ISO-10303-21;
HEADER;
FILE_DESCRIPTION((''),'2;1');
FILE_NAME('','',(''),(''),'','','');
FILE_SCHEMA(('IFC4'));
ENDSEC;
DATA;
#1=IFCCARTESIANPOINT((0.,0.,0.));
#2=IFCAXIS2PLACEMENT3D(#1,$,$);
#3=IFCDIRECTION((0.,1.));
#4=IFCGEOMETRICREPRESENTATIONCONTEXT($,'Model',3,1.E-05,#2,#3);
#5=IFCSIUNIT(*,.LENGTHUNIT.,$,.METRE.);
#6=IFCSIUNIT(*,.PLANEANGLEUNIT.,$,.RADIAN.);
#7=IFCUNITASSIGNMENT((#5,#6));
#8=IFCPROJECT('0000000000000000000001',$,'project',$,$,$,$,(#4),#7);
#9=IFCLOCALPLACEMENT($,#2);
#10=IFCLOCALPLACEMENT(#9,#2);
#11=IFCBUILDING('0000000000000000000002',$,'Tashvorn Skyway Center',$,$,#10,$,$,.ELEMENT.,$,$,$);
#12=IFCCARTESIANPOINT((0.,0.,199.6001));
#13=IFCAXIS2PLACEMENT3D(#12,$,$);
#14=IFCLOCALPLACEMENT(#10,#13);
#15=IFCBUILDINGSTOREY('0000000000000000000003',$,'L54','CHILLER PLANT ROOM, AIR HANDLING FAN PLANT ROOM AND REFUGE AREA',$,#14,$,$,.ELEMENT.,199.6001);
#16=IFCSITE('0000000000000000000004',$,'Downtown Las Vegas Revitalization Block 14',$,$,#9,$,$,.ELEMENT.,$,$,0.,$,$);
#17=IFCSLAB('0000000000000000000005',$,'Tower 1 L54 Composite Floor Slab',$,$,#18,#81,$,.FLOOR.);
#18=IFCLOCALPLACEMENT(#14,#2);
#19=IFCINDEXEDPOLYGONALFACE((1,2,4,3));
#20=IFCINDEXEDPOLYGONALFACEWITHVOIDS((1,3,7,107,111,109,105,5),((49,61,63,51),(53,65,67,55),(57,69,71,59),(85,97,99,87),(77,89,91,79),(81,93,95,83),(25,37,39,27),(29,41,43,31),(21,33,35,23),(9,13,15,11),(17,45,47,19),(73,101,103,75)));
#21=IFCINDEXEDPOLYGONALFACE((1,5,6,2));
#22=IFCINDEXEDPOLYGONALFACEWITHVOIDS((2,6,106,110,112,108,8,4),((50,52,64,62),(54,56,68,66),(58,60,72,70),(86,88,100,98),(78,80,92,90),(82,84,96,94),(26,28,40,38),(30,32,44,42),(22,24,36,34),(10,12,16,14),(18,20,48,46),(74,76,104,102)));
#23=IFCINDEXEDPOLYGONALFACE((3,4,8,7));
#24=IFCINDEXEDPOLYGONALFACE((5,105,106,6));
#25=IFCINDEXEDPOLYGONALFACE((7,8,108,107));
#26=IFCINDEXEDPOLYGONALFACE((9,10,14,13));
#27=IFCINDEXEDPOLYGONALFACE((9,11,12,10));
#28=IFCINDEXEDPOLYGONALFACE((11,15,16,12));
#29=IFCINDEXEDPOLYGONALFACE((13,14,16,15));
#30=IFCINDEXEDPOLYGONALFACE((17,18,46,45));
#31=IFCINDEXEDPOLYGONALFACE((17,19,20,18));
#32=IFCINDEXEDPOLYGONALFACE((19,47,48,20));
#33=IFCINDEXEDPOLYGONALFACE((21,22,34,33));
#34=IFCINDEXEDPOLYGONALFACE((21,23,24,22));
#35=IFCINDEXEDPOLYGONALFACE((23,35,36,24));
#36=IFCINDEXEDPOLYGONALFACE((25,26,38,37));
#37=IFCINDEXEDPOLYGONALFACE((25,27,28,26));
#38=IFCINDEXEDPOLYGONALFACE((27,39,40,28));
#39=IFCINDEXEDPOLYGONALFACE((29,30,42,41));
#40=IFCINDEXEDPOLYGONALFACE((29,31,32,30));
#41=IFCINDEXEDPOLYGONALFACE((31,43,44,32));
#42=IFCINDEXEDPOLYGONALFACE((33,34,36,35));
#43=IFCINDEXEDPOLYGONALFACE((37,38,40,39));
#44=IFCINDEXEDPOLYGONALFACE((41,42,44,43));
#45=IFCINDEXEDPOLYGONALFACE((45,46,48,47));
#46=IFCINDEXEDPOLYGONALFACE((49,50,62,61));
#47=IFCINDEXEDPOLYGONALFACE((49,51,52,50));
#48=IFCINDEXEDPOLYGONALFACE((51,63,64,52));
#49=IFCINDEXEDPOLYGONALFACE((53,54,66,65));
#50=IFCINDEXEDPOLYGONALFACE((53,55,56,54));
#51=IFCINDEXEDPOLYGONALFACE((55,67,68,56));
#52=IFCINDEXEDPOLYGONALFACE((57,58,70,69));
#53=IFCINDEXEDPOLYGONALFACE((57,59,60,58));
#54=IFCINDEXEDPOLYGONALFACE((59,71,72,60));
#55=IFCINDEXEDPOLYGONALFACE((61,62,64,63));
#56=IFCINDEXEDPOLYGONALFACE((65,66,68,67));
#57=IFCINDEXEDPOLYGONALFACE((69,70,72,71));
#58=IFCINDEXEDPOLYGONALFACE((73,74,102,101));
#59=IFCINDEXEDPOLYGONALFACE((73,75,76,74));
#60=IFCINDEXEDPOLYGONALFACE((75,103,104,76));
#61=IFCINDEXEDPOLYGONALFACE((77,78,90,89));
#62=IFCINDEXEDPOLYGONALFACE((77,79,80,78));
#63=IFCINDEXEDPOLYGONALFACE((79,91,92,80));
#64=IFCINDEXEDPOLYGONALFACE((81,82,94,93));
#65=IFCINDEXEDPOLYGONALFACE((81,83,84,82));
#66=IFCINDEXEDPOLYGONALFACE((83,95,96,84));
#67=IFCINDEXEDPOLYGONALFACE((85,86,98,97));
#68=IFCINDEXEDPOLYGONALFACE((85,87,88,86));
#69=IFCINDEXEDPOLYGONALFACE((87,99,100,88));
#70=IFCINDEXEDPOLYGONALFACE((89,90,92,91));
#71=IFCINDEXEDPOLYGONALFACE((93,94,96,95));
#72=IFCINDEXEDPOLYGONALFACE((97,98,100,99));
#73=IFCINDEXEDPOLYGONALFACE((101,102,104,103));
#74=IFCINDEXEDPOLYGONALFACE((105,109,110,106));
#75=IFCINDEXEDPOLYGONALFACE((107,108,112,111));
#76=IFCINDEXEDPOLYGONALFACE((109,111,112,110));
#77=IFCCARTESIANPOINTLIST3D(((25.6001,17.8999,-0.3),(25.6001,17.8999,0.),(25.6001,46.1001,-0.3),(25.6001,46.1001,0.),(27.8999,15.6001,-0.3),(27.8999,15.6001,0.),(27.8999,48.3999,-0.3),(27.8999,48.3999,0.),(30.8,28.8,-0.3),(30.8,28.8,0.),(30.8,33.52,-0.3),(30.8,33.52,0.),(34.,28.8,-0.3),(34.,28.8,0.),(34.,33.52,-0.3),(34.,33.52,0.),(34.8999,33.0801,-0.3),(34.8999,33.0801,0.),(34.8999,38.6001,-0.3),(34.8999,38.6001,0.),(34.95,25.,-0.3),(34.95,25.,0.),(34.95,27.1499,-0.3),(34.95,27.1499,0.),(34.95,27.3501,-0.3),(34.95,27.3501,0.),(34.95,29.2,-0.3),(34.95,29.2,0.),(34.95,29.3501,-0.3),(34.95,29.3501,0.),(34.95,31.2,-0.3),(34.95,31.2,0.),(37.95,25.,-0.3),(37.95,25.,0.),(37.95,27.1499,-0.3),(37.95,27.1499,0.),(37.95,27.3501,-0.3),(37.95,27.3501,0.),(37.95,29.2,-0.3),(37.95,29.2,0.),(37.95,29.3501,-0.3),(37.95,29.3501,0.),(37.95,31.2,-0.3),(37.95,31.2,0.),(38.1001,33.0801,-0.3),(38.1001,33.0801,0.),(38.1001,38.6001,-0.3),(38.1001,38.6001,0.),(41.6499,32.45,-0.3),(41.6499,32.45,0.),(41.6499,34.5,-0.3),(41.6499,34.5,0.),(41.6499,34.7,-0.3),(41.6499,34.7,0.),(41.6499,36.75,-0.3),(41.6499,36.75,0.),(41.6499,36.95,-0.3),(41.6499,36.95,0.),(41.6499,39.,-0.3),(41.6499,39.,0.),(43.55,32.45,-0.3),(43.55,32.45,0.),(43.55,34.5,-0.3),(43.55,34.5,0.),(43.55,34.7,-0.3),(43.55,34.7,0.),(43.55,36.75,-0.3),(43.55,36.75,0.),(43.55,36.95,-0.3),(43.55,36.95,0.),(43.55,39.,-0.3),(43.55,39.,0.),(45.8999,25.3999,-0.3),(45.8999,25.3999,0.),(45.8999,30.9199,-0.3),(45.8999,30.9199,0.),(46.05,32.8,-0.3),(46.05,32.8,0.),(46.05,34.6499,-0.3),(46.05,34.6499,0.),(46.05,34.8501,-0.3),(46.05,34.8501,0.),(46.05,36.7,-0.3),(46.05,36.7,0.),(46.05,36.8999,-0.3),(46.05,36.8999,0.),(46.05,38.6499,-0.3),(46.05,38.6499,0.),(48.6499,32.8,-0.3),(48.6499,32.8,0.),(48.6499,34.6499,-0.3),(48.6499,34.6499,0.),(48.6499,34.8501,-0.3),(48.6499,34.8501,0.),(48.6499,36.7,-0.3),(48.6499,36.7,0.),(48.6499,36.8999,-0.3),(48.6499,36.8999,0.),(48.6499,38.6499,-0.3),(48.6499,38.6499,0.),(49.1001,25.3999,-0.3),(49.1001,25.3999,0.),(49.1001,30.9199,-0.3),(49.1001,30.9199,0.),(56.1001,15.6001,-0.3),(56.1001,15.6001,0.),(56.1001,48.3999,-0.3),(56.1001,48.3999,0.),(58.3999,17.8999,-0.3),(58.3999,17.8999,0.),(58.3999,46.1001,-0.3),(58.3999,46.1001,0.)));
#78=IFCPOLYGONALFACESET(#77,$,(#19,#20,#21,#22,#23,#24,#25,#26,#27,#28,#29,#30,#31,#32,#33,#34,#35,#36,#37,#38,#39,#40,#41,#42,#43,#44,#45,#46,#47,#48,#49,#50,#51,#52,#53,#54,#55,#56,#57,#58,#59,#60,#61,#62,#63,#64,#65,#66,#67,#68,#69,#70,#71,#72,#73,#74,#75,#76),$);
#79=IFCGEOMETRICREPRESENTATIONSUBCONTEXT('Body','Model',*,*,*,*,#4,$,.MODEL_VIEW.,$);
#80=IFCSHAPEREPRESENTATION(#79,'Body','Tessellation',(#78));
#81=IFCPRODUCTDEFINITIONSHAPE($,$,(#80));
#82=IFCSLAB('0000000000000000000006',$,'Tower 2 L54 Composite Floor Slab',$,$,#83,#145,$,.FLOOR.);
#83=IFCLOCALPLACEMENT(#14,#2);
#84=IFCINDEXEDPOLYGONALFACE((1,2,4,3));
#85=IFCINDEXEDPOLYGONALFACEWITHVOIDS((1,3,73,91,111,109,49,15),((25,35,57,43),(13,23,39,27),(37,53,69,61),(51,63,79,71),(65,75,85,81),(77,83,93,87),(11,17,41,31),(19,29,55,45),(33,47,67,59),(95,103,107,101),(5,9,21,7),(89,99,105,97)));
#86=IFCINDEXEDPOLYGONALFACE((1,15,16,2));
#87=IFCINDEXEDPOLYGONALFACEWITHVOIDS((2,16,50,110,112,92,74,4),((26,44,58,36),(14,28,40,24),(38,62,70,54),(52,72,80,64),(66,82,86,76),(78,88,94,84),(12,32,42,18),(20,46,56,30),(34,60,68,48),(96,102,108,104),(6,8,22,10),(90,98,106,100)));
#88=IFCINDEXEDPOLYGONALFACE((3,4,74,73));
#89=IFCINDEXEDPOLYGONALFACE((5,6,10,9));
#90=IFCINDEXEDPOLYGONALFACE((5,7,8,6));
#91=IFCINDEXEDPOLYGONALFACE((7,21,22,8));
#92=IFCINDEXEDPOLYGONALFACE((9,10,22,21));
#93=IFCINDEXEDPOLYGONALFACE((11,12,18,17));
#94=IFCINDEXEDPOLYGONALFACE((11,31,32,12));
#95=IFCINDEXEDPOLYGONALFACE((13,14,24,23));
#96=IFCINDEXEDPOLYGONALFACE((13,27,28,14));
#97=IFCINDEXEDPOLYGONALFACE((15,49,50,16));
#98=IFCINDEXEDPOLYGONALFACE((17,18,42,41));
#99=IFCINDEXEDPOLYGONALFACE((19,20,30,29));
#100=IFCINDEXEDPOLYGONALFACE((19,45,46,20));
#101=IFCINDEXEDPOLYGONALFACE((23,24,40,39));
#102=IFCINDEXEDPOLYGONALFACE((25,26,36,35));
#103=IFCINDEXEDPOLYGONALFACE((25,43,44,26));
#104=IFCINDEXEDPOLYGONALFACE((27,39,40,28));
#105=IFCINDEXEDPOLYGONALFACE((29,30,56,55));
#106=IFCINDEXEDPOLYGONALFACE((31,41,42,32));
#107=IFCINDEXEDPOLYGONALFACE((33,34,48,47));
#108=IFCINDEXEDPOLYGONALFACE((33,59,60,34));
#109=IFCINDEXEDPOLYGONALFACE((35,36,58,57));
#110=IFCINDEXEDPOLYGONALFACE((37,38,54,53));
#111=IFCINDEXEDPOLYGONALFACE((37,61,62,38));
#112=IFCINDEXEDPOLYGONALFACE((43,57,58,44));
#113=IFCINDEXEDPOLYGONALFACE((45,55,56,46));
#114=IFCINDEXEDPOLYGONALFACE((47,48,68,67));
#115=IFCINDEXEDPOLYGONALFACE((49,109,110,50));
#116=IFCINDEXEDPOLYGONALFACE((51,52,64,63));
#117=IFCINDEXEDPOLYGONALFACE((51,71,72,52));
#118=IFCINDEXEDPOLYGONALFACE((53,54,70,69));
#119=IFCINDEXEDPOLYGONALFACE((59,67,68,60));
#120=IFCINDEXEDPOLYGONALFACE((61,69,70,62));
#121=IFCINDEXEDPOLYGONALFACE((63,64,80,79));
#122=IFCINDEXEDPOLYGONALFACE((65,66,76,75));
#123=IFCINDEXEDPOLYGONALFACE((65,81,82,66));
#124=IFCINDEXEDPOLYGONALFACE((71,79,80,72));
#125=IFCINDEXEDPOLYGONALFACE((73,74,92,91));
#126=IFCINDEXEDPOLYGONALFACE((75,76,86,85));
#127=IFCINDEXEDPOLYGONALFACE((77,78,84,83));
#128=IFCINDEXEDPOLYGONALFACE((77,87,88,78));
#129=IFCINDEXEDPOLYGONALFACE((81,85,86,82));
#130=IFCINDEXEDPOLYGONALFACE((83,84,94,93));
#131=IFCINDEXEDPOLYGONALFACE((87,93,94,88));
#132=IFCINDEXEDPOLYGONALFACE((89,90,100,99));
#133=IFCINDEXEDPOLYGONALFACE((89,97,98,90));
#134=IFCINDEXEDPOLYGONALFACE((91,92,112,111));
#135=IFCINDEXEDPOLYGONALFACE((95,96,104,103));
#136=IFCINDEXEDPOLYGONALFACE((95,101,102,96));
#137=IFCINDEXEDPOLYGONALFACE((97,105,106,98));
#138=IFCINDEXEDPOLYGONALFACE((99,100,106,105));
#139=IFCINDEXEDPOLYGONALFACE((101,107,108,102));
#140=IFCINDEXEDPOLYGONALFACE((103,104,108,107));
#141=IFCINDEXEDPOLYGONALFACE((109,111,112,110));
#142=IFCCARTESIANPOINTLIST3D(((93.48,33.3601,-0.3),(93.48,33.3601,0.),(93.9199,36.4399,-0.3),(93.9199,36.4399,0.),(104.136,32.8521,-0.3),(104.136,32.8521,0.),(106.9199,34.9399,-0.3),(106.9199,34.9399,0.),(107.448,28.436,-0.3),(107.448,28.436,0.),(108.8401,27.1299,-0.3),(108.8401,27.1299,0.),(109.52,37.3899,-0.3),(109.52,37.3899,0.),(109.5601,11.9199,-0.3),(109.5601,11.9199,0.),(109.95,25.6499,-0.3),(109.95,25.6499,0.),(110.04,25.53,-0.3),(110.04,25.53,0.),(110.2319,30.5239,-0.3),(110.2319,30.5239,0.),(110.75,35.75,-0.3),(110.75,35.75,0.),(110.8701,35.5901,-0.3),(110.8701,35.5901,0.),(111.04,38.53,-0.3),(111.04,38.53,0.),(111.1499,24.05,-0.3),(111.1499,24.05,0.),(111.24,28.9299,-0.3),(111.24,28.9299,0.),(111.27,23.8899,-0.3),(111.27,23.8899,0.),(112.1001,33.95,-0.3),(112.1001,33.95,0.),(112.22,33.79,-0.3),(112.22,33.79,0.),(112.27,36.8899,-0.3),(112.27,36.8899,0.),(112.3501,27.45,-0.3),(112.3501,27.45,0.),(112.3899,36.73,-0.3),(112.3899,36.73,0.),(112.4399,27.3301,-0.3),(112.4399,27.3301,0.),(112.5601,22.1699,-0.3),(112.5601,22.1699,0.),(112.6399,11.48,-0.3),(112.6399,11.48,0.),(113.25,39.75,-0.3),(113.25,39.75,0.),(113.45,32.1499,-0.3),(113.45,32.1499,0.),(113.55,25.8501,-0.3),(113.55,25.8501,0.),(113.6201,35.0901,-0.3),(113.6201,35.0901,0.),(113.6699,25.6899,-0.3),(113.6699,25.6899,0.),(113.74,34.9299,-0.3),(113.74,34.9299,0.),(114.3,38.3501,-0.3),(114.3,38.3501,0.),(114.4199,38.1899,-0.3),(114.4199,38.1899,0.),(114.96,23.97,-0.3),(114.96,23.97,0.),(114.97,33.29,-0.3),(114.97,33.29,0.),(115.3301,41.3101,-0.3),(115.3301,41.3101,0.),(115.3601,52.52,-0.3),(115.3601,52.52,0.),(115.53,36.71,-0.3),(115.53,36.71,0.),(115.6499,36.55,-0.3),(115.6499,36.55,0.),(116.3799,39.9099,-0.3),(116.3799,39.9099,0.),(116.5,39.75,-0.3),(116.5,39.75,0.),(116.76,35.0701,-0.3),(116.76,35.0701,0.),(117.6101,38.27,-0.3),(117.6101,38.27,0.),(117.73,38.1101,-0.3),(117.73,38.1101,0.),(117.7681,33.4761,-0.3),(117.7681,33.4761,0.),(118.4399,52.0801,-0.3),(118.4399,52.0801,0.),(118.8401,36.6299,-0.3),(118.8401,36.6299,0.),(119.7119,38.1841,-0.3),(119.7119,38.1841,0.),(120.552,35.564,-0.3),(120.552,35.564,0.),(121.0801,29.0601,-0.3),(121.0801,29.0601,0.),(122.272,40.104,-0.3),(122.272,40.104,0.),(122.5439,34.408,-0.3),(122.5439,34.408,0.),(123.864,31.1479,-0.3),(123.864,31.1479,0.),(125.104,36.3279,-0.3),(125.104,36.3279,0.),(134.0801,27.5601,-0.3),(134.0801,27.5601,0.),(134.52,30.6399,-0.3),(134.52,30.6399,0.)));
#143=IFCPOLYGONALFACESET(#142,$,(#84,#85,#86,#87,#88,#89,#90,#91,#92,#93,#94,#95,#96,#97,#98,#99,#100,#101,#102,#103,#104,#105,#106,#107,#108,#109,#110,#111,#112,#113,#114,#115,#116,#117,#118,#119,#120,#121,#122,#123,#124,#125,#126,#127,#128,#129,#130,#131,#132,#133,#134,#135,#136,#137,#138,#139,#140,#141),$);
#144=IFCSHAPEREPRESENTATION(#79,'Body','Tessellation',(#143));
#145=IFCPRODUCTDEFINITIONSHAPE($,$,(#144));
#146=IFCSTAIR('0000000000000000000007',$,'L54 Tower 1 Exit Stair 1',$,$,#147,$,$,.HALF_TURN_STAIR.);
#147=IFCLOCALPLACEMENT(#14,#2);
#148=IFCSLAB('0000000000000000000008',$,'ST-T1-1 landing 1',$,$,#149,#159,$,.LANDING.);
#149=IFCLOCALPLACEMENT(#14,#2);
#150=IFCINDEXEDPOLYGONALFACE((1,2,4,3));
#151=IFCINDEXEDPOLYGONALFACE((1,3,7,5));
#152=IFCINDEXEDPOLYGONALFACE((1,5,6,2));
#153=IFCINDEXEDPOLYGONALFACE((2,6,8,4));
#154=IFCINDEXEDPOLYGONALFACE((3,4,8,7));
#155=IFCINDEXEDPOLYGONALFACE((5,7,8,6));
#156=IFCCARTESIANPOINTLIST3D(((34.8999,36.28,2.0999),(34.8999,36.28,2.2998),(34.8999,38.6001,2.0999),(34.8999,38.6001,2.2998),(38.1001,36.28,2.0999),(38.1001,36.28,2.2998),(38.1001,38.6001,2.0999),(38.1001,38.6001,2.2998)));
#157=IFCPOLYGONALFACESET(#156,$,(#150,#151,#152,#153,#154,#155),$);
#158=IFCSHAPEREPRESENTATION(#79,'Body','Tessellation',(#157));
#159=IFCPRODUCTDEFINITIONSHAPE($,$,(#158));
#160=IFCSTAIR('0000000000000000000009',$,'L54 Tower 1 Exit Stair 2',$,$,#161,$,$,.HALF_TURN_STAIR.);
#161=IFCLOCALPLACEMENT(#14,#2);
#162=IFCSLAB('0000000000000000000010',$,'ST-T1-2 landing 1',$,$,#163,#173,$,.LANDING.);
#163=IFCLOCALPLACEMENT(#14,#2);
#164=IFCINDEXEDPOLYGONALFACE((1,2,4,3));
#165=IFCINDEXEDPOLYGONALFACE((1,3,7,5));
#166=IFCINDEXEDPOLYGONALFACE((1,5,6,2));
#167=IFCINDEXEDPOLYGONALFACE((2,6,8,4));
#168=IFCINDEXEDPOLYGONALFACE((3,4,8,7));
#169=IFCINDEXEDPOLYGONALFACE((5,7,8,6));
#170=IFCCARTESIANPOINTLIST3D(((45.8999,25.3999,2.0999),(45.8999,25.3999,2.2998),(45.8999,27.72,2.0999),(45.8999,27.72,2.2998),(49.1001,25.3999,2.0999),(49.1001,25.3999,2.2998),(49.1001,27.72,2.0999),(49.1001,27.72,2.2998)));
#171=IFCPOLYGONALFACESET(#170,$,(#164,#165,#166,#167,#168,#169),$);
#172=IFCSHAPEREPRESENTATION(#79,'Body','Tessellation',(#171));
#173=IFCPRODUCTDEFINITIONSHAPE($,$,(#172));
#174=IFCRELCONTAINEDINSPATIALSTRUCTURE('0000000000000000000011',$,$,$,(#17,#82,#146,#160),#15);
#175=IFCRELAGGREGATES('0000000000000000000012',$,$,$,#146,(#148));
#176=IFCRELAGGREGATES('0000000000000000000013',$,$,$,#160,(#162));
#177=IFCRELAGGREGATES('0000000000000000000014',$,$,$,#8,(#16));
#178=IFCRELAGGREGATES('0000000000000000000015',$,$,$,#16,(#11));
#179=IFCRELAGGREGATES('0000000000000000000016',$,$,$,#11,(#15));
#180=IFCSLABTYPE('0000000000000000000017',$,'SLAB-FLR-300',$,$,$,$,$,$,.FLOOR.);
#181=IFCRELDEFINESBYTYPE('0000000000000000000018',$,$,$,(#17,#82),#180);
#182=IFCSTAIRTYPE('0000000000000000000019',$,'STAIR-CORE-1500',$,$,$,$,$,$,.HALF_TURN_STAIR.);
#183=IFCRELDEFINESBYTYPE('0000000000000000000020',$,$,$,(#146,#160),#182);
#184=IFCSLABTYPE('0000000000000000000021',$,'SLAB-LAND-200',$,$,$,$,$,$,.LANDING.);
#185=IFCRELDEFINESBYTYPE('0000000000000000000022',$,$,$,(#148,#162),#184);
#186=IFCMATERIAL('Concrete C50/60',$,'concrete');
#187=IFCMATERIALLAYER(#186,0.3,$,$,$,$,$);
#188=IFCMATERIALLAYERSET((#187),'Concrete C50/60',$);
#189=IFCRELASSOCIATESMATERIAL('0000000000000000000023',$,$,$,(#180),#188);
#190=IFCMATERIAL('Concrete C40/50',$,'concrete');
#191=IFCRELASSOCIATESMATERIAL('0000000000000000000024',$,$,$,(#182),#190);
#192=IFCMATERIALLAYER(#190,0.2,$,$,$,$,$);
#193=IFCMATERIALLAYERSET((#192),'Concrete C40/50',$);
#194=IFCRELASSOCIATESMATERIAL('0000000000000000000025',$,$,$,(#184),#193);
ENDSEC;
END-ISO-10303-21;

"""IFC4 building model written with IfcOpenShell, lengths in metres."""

from ifc_helpers import new_model, si_unit, direction, frame, origin, place, context, subcontext, project, spatial, polyline, outline, extrude, material, layer, layer_set, type_object, element, aggregate, save


model = new_model("IFC4")

# Units and contexts
model_context = context("Model", 3, precision=1e-05, world=origin(), true_north=direction((0.0, 1.0)))
body_context = subcontext(model_context, "Body", "Model", "MODEL_VIEW")
ifc_project = project(units=[si_unit("LENGTHUNIT", "METRE"), si_unit("PLANEANGLEUNIT", "RADIAN")], contexts=[model_context])

# Site, building, storey
site_placement = place(None, origin())
site = spatial("IfcSite", under=ifc_project, at=site_placement, Name="Downtown Las Vegas Revitalization Block 14", CompositionType="ELEMENT", RefElevation=0.0)
building_placement = place(site_placement, origin())
building = spatial("IfcBuilding", under=site, at=building_placement, Name="Tashvorn Skyway Center", CompositionType="ELEMENT")
storey_placement = place(building_placement, frame((0.0, 0.0, 199.6001)))
storey = spatial("IfcBuildingStorey", under=building, at=storey_placement, Name="L54", Description="CHILLER PLANT ROOM, AIR HANDLING FAN PLANT ROOM AND REFUGE AREA", CompositionType="ELEMENT", Elevation=199.6001)

# Slabs
ifc_material_1 = material(Name="Concrete C50/60", Category="concrete")
ifc_layer_1 = layer(ifc_material_1, 0.3)
ifc_layer_set_1 = layer_set([ifc_layer_1], Name="Concrete C50/60")
slab_type_1 = type_object("IfcSlabType", Name="SLAB-FLR-300", PredefinedType="FLOOR", material=ifc_layer_set_1)
slab_1_placement = place(storey_placement, frame((0.0, 0.0, -0.3)))
element("IfcSlab", 1, at=slab_1_placement, inside=storey, type_object=slab_type_1, Name="Tower 1 L54 Composite Floor Slab", PredefinedType="FLOOR", context=body_context, shape_type="SweptSolid", body=[
    extrude(outline(polyline([(27.8999, 15.6001), (56.1001, 15.6001), (58.3999, 17.8999), (58.3999, 46.1001), (56.1001, 48.3999), (27.8999, 48.3999), (25.6001, 46.1001), (25.6001, 17.8999), (27.8999, 15.6001)]), holes=[polyline([(38.1001, 33.0801), (38.1001, 38.6001), (34.8999, 38.6001), (34.8999, 33.0801), (38.1001, 33.0801)]), polyline([(45.8999, 30.9199), (45.8999, 25.3999), (49.1001, 25.3999), (49.1001, 30.9199), (45.8999, 30.9199)]), polyline([(30.8, 33.52), (30.8, 28.8), (34.0, 28.8), (34.0, 33.52), (30.8, 33.52)]), polyline([(34.95, 29.3501), (37.95, 29.3501), (37.95, 31.2), (34.95, 31.2), (34.95, 29.3501)]), polyline([(34.95, 27.3501), (37.95, 27.3501), (37.95, 29.2), (34.95, 29.2), (34.95, 27.3501)]), polyline([(34.95, 25.0), (37.95, 25.0), (37.95, 27.1499), (34.95, 27.1499), (34.95, 25.0)]), polyline([(41.6499, 32.45), (43.55, 32.45), (43.55, 34.5), (41.6499, 34.5), (41.6499, 32.45)]), polyline([(41.6499, 34.7), (43.55, 34.7), (43.55, 36.75), (41.6499, 36.75), (41.6499, 34.7)]), polyline([(41.6499, 36.95), (43.55, 36.95), (43.55, 39.0), (41.6499, 39.0), (41.6499, 36.95)]), polyline([(46.05, 32.8), (48.6499, 32.8), (48.6499, 34.6499), (46.05, 34.6499), (46.05, 32.8)]), polyline([(46.05, 34.8501), (48.6499, 34.8501), (48.6499, 36.7), (46.05, 36.7), (46.05, 34.8501)]), polyline([(46.05, 36.8999), (48.6499, 36.8999), (48.6499, 38.6499), (46.05, 38.6499), (46.05, 36.8999)])]), origin(), (0.0, 0.0, 1.0), 0.3),
])
slab_2_placement = place(storey_placement, frame((0.0, 0.0, -0.3)))
element("IfcSlab", 2, at=slab_2_placement, inside=storey, type_object=slab_type_1, Name="Tower 2 L54 Composite Floor Slab", PredefinedType="FLOOR", context=body_context, shape_type="SweptSolid", body=[
    extrude(outline(polyline([(112.6399, 11.48), (134.0801, 27.5601), (134.52, 30.6399), (118.4399, 52.0801), (115.3601, 52.52), (93.9199, 36.4399), (93.48, 33.3601), (109.5601, 11.9199), (112.6399, 11.48)]), holes=[polyline([(110.2319, 30.5239), (106.9199, 34.9399), (104.136, 32.8521), (107.448, 28.436), (110.2319, 30.5239)]), polyline([(117.7681, 33.4761), (121.0801, 29.0601), (123.864, 31.1479), (120.552, 35.564), (117.7681, 33.4761)]), polyline([(119.7119, 38.1841), (122.5439, 34.408), (125.104, 36.3279), (122.272, 40.104), (119.7119, 38.1841)]), polyline([(109.95, 25.6499), (112.3501, 27.45), (111.24, 28.9299), (108.8401, 27.1299), (109.95, 25.6499)]), polyline([(111.1499, 24.05), (113.55, 25.8501), (112.4399, 27.3301), (110.04, 25.53), (111.1499, 24.05)]), polyline([(112.5601, 22.1699), (114.96, 23.97), (113.6699, 25.6899), (111.27, 23.8899), (112.5601, 22.1699)]), polyline([(113.45, 32.1499), (114.97, 33.29), (113.74, 34.9299), (112.22, 33.79), (113.45, 32.1499)]), polyline([(112.1001, 33.95), (113.6201, 35.0901), (112.3899, 36.73), (110.8701, 35.5901), (112.1001, 33.95)]), polyline([(110.75, 35.75), (112.27, 36.8899), (111.04, 38.53), (109.52, 37.3899), (110.75, 35.75)]), polyline([(116.76, 35.0701), (118.8401, 36.6299), (117.73, 38.1101), (115.6499, 36.55), (116.76, 35.0701)]), polyline([(115.53, 36.71), (117.6101, 38.27), (116.5, 39.75), (114.4199, 38.1899), (115.53, 36.71)]), polyline([(114.3, 38.3501), (116.3799, 39.9099), (115.3301, 41.3101), (113.25, 39.75), (114.3, 38.3501)])]), origin(), (0.0, 0.0, 1.0), 0.3),
])

# Stairs, slabs
ifc_material_2 = material(Name="Concrete C40/50", Category="concrete")
stair_type = type_object("IfcStairType", Name="STAIR-CORE-1500", PredefinedType="HALF_TURN_STAIR", material=ifc_material_2)
stair_1_placement = place(storey_placement, origin())
stair_1 = element("IfcStair", 3, at=stair_1_placement, inside=storey, type_object=stair_type, Name="L54 Tower 1 Exit Stair 1", PredefinedType="HALF_TURN_STAIR")
ifc_layer_2 = layer(ifc_material_2, 0.2)
ifc_layer_set_2 = layer_set([ifc_layer_2], Name="Concrete C40/50")
slab_type_2 = type_object("IfcSlabType", Name="SLAB-LAND-200", PredefinedType="LANDING", material=ifc_layer_set_2)
slab_3_placement = place(storey_placement, frame((0.0, 0.0, 2.0999)))
slab_3 = element("IfcSlab", 4, at=slab_3_placement, type_object=slab_type_2, Name="ST-T1-1 landing 1", PredefinedType="LANDING", context=body_context, shape_type="SweptSolid", body=[
    extrude(outline(polyline([(38.1001, 36.28), (38.1001, 38.6001), (34.8999, 38.6001), (34.8999, 36.28), (38.1001, 36.28)])), origin(), (0.0, 0.0, 1.0), 0.2),
])
aggregate(stair_1, [slab_3])
stair_2_placement = place(storey_placement, origin())
stair_2 = element("IfcStair", 5, at=stair_2_placement, inside=storey, type_object=stair_type, Name="L54 Tower 1 Exit Stair 2", PredefinedType="HALF_TURN_STAIR")
slab_4_placement = place(storey_placement, frame((0.0, 0.0, 2.0999)))
slab_4 = element("IfcSlab", 6, at=slab_4_placement, type_object=slab_type_2, Name="ST-T1-2 landing 1", PredefinedType="LANDING", context=body_context, shape_type="SweptSolid", body=[
    extrude(outline(polyline([(45.8999, 27.72), (45.8999, 25.3999), (49.1001, 25.3999), (49.1001, 27.72), (45.8999, 27.72)])), origin(), (0.0, 0.0, 1.0), 0.2),
])
aggregate(stair_2, [slab_4])

save(model, "model.ifc")
